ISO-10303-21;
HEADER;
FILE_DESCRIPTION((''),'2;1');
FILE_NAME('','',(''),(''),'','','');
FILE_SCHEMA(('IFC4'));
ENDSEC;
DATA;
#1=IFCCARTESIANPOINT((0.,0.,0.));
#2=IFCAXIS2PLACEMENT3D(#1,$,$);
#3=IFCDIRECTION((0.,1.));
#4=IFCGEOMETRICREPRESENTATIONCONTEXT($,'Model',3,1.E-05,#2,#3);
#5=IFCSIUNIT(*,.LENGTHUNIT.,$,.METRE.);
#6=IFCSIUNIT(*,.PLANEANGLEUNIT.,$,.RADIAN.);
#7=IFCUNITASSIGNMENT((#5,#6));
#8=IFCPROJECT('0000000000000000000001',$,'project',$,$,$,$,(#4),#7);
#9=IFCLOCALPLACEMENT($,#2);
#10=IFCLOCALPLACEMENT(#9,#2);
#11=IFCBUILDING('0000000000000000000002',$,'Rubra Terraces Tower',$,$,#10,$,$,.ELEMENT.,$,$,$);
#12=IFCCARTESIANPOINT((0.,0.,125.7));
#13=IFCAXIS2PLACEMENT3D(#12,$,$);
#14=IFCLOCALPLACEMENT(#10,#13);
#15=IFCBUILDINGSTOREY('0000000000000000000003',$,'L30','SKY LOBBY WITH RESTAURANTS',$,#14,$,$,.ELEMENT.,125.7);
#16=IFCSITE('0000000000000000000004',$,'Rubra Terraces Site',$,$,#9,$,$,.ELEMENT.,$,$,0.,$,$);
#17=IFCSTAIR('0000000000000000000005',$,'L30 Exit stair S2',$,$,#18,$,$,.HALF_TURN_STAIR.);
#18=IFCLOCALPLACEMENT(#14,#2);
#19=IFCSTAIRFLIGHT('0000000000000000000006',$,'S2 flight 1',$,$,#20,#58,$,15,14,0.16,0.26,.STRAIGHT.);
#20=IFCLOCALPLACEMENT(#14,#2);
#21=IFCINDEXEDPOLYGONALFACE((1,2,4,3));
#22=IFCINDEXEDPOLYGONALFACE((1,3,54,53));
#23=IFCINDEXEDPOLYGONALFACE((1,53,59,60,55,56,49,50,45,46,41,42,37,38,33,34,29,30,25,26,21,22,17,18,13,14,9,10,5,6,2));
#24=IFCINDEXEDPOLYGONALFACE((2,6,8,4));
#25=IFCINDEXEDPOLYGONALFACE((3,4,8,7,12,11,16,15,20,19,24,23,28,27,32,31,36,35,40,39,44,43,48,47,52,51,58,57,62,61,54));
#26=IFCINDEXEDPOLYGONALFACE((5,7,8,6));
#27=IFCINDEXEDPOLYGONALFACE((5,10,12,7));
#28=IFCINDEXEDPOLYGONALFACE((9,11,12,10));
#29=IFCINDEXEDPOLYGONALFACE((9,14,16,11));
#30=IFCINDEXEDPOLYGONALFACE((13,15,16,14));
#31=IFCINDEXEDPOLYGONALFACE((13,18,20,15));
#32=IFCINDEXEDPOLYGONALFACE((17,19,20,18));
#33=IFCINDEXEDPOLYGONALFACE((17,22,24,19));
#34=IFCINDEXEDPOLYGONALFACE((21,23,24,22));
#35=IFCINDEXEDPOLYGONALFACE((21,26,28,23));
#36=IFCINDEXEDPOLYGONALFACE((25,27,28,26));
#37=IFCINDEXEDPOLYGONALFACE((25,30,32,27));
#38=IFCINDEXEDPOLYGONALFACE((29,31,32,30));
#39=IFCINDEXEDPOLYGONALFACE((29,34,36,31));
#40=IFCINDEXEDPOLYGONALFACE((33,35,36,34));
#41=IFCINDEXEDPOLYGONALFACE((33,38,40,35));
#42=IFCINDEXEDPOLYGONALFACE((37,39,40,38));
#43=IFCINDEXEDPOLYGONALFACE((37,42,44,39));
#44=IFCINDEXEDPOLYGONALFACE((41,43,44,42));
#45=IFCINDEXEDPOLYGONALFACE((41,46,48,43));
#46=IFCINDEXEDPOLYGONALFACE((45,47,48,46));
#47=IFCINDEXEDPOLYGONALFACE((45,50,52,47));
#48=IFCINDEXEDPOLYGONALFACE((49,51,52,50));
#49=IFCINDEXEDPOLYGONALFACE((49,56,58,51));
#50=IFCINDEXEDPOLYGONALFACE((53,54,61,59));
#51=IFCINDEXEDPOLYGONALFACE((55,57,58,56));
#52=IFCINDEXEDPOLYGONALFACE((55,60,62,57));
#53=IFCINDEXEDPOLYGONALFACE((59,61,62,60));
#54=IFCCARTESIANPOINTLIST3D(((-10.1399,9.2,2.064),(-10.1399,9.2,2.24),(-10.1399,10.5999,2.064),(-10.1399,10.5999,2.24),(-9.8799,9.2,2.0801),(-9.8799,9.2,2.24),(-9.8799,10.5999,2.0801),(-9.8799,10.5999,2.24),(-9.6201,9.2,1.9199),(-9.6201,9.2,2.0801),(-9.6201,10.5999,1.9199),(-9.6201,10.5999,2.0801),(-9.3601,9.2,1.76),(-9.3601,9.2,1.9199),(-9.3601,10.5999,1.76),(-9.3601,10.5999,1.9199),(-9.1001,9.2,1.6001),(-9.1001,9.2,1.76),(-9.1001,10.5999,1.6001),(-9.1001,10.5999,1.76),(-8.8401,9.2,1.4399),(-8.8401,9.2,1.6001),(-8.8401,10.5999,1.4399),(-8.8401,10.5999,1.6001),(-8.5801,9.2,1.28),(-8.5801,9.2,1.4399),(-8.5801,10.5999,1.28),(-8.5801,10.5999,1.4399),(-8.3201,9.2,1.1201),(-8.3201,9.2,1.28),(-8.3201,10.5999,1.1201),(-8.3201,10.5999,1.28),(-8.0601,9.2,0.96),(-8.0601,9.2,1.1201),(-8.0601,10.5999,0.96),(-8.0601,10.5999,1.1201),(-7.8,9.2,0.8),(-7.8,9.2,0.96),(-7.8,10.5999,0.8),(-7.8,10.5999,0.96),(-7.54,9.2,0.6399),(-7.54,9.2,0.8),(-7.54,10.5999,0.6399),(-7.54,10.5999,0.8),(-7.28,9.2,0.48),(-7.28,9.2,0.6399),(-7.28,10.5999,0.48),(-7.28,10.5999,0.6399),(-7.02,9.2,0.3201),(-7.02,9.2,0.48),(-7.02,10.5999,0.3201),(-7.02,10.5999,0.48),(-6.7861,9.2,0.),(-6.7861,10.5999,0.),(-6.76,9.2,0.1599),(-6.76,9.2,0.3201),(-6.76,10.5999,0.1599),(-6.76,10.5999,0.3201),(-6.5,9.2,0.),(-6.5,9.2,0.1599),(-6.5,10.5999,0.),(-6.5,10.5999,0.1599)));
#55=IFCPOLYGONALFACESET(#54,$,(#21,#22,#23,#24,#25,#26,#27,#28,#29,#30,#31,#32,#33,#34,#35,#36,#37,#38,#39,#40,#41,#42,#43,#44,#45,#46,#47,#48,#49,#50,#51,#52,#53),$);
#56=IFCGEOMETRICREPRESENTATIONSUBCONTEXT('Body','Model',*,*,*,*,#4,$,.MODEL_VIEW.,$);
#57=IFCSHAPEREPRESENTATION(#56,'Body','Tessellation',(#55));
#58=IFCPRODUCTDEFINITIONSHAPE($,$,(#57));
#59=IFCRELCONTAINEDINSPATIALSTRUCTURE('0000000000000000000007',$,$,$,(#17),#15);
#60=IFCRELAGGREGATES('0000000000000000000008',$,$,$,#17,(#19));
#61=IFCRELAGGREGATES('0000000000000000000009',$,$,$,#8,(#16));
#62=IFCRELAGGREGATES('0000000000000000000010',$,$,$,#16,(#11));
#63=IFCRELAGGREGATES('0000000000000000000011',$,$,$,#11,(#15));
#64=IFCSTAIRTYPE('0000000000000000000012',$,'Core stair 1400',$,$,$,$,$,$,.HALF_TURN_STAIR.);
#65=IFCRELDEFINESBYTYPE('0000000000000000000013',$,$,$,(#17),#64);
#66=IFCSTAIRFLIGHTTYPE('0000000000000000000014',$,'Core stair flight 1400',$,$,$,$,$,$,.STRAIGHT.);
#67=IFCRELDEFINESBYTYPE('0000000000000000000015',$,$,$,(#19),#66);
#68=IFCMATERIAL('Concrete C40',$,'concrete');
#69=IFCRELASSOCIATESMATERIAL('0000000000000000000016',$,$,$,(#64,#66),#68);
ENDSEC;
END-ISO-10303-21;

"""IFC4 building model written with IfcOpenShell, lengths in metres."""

from ifc_helpers import new_model, si_unit, direction, frame, origin, place, context, subcontext, project, spatial, polyline, outline, extrude, material, type_object, element, aggregate, save


model = new_model("IFC4")

# Units and contexts
model_context = context("Model", 3, precision=1e-05, world=origin(), true_north=direction((0.0, 1.0)))
body_context = subcontext(model_context, "Body", "Model", "MODEL_VIEW")
ifc_project = project(units=[si_unit("LENGTHUNIT", "METRE"), si_unit("PLANEANGLEUNIT", "RADIAN")], contexts=[model_context])

# Site, building, storey
site_placement = place(None, origin())
site = spatial("IfcSite", under=ifc_project, at=site_placement, Name="Rubra Terraces Site", CompositionType="ELEMENT", RefElevation=0.0)
building_placement = place(site_placement, origin())
building = spatial("IfcBuilding", under=site, at=building_placement, Name="Rubra Terraces Tower", CompositionType="ELEMENT")
storey_placement = place(building_placement, frame((0.0, 0.0, 125.7)))
storey = spatial("IfcBuildingStorey", under=building, at=storey_placement, Name="L30", Description="SKY LOBBY WITH RESTAURANTS", CompositionType="ELEMENT", Elevation=125.7)

# Shared definitions
ifc_material_1 = material(Name="Concrete C40", Category="concrete")

# Stair, stair flight
stair_type = type_object("IfcStairType", Name="Core stair 1400", PredefinedType="HALF_TURN_STAIR", material=ifc_material_1)
stair_placement = place(storey_placement, origin())
stair = element("IfcStair", 1, at=stair_placement, inside=storey, type_object=stair_type, Name="L30 Exit stair S2", PredefinedType="HALF_TURN_STAIR")
stair_flight_type = type_object("IfcStairFlightType", Name="Core stair flight 1400", PredefinedType="STRAIGHT", material=ifc_material_1)
stair_flight_placement = place(storey_placement, frame((-6.5, 9.8999, 0.0), z_axis=(0.0, 0.0, 1.0), x_axis=(-1.0, 0.0, 0.0)))
stair_flight = element("IfcStairFlight", 2, at=stair_flight_placement, type_object=stair_flight_type, Name="S2 flight 1", NumberOfRisers=15, NumberOfTreads=14, PredefinedType="STRAIGHT", RiserHeight=0.16, TreadLength=0.26, context=body_context, shape_type="SweptSolid", body=[
    extrude(outline(polyline([(0.0, 0.0), (0.0, 0.1599), (0.26, 0.1599), (0.26, 0.3201), (0.52, 0.3201), (0.52, 0.48), (0.78, 0.48), (0.78, 0.6399), (1.04, 0.6399), (1.04, 0.8), (1.3, 0.8), (1.3, 0.96), (1.5601, 0.96), (1.5601, 1.1201), (1.8201, 1.1201), (1.8201, 1.28), (2.0801, 1.28), (2.0801, 1.4399), (2.3401, 1.4399), (2.3401, 1.6001), (2.6001, 1.6001), (2.6001, 1.76), (2.8601, 1.76), (2.8601, 1.9199), (3.1201, 1.9199), (3.1201, 2.0801), (3.3799, 2.0801), (3.3799, 2.24), (3.6399, 2.24), (3.6399, 2.3999), (3.6399, 2.064), (0.2861, 0.0), (0.0, 0.0)])), frame((0.0, 0.7, 0.0), z_axis=(0.0, -1.0, 0.0), x_axis=(1.0, 0.0, 0.0)), (0.0, 0.0, 1.0), 1.3999),
])
aggregate(stair, [stair_flight])

save(model, "model.ifc")
